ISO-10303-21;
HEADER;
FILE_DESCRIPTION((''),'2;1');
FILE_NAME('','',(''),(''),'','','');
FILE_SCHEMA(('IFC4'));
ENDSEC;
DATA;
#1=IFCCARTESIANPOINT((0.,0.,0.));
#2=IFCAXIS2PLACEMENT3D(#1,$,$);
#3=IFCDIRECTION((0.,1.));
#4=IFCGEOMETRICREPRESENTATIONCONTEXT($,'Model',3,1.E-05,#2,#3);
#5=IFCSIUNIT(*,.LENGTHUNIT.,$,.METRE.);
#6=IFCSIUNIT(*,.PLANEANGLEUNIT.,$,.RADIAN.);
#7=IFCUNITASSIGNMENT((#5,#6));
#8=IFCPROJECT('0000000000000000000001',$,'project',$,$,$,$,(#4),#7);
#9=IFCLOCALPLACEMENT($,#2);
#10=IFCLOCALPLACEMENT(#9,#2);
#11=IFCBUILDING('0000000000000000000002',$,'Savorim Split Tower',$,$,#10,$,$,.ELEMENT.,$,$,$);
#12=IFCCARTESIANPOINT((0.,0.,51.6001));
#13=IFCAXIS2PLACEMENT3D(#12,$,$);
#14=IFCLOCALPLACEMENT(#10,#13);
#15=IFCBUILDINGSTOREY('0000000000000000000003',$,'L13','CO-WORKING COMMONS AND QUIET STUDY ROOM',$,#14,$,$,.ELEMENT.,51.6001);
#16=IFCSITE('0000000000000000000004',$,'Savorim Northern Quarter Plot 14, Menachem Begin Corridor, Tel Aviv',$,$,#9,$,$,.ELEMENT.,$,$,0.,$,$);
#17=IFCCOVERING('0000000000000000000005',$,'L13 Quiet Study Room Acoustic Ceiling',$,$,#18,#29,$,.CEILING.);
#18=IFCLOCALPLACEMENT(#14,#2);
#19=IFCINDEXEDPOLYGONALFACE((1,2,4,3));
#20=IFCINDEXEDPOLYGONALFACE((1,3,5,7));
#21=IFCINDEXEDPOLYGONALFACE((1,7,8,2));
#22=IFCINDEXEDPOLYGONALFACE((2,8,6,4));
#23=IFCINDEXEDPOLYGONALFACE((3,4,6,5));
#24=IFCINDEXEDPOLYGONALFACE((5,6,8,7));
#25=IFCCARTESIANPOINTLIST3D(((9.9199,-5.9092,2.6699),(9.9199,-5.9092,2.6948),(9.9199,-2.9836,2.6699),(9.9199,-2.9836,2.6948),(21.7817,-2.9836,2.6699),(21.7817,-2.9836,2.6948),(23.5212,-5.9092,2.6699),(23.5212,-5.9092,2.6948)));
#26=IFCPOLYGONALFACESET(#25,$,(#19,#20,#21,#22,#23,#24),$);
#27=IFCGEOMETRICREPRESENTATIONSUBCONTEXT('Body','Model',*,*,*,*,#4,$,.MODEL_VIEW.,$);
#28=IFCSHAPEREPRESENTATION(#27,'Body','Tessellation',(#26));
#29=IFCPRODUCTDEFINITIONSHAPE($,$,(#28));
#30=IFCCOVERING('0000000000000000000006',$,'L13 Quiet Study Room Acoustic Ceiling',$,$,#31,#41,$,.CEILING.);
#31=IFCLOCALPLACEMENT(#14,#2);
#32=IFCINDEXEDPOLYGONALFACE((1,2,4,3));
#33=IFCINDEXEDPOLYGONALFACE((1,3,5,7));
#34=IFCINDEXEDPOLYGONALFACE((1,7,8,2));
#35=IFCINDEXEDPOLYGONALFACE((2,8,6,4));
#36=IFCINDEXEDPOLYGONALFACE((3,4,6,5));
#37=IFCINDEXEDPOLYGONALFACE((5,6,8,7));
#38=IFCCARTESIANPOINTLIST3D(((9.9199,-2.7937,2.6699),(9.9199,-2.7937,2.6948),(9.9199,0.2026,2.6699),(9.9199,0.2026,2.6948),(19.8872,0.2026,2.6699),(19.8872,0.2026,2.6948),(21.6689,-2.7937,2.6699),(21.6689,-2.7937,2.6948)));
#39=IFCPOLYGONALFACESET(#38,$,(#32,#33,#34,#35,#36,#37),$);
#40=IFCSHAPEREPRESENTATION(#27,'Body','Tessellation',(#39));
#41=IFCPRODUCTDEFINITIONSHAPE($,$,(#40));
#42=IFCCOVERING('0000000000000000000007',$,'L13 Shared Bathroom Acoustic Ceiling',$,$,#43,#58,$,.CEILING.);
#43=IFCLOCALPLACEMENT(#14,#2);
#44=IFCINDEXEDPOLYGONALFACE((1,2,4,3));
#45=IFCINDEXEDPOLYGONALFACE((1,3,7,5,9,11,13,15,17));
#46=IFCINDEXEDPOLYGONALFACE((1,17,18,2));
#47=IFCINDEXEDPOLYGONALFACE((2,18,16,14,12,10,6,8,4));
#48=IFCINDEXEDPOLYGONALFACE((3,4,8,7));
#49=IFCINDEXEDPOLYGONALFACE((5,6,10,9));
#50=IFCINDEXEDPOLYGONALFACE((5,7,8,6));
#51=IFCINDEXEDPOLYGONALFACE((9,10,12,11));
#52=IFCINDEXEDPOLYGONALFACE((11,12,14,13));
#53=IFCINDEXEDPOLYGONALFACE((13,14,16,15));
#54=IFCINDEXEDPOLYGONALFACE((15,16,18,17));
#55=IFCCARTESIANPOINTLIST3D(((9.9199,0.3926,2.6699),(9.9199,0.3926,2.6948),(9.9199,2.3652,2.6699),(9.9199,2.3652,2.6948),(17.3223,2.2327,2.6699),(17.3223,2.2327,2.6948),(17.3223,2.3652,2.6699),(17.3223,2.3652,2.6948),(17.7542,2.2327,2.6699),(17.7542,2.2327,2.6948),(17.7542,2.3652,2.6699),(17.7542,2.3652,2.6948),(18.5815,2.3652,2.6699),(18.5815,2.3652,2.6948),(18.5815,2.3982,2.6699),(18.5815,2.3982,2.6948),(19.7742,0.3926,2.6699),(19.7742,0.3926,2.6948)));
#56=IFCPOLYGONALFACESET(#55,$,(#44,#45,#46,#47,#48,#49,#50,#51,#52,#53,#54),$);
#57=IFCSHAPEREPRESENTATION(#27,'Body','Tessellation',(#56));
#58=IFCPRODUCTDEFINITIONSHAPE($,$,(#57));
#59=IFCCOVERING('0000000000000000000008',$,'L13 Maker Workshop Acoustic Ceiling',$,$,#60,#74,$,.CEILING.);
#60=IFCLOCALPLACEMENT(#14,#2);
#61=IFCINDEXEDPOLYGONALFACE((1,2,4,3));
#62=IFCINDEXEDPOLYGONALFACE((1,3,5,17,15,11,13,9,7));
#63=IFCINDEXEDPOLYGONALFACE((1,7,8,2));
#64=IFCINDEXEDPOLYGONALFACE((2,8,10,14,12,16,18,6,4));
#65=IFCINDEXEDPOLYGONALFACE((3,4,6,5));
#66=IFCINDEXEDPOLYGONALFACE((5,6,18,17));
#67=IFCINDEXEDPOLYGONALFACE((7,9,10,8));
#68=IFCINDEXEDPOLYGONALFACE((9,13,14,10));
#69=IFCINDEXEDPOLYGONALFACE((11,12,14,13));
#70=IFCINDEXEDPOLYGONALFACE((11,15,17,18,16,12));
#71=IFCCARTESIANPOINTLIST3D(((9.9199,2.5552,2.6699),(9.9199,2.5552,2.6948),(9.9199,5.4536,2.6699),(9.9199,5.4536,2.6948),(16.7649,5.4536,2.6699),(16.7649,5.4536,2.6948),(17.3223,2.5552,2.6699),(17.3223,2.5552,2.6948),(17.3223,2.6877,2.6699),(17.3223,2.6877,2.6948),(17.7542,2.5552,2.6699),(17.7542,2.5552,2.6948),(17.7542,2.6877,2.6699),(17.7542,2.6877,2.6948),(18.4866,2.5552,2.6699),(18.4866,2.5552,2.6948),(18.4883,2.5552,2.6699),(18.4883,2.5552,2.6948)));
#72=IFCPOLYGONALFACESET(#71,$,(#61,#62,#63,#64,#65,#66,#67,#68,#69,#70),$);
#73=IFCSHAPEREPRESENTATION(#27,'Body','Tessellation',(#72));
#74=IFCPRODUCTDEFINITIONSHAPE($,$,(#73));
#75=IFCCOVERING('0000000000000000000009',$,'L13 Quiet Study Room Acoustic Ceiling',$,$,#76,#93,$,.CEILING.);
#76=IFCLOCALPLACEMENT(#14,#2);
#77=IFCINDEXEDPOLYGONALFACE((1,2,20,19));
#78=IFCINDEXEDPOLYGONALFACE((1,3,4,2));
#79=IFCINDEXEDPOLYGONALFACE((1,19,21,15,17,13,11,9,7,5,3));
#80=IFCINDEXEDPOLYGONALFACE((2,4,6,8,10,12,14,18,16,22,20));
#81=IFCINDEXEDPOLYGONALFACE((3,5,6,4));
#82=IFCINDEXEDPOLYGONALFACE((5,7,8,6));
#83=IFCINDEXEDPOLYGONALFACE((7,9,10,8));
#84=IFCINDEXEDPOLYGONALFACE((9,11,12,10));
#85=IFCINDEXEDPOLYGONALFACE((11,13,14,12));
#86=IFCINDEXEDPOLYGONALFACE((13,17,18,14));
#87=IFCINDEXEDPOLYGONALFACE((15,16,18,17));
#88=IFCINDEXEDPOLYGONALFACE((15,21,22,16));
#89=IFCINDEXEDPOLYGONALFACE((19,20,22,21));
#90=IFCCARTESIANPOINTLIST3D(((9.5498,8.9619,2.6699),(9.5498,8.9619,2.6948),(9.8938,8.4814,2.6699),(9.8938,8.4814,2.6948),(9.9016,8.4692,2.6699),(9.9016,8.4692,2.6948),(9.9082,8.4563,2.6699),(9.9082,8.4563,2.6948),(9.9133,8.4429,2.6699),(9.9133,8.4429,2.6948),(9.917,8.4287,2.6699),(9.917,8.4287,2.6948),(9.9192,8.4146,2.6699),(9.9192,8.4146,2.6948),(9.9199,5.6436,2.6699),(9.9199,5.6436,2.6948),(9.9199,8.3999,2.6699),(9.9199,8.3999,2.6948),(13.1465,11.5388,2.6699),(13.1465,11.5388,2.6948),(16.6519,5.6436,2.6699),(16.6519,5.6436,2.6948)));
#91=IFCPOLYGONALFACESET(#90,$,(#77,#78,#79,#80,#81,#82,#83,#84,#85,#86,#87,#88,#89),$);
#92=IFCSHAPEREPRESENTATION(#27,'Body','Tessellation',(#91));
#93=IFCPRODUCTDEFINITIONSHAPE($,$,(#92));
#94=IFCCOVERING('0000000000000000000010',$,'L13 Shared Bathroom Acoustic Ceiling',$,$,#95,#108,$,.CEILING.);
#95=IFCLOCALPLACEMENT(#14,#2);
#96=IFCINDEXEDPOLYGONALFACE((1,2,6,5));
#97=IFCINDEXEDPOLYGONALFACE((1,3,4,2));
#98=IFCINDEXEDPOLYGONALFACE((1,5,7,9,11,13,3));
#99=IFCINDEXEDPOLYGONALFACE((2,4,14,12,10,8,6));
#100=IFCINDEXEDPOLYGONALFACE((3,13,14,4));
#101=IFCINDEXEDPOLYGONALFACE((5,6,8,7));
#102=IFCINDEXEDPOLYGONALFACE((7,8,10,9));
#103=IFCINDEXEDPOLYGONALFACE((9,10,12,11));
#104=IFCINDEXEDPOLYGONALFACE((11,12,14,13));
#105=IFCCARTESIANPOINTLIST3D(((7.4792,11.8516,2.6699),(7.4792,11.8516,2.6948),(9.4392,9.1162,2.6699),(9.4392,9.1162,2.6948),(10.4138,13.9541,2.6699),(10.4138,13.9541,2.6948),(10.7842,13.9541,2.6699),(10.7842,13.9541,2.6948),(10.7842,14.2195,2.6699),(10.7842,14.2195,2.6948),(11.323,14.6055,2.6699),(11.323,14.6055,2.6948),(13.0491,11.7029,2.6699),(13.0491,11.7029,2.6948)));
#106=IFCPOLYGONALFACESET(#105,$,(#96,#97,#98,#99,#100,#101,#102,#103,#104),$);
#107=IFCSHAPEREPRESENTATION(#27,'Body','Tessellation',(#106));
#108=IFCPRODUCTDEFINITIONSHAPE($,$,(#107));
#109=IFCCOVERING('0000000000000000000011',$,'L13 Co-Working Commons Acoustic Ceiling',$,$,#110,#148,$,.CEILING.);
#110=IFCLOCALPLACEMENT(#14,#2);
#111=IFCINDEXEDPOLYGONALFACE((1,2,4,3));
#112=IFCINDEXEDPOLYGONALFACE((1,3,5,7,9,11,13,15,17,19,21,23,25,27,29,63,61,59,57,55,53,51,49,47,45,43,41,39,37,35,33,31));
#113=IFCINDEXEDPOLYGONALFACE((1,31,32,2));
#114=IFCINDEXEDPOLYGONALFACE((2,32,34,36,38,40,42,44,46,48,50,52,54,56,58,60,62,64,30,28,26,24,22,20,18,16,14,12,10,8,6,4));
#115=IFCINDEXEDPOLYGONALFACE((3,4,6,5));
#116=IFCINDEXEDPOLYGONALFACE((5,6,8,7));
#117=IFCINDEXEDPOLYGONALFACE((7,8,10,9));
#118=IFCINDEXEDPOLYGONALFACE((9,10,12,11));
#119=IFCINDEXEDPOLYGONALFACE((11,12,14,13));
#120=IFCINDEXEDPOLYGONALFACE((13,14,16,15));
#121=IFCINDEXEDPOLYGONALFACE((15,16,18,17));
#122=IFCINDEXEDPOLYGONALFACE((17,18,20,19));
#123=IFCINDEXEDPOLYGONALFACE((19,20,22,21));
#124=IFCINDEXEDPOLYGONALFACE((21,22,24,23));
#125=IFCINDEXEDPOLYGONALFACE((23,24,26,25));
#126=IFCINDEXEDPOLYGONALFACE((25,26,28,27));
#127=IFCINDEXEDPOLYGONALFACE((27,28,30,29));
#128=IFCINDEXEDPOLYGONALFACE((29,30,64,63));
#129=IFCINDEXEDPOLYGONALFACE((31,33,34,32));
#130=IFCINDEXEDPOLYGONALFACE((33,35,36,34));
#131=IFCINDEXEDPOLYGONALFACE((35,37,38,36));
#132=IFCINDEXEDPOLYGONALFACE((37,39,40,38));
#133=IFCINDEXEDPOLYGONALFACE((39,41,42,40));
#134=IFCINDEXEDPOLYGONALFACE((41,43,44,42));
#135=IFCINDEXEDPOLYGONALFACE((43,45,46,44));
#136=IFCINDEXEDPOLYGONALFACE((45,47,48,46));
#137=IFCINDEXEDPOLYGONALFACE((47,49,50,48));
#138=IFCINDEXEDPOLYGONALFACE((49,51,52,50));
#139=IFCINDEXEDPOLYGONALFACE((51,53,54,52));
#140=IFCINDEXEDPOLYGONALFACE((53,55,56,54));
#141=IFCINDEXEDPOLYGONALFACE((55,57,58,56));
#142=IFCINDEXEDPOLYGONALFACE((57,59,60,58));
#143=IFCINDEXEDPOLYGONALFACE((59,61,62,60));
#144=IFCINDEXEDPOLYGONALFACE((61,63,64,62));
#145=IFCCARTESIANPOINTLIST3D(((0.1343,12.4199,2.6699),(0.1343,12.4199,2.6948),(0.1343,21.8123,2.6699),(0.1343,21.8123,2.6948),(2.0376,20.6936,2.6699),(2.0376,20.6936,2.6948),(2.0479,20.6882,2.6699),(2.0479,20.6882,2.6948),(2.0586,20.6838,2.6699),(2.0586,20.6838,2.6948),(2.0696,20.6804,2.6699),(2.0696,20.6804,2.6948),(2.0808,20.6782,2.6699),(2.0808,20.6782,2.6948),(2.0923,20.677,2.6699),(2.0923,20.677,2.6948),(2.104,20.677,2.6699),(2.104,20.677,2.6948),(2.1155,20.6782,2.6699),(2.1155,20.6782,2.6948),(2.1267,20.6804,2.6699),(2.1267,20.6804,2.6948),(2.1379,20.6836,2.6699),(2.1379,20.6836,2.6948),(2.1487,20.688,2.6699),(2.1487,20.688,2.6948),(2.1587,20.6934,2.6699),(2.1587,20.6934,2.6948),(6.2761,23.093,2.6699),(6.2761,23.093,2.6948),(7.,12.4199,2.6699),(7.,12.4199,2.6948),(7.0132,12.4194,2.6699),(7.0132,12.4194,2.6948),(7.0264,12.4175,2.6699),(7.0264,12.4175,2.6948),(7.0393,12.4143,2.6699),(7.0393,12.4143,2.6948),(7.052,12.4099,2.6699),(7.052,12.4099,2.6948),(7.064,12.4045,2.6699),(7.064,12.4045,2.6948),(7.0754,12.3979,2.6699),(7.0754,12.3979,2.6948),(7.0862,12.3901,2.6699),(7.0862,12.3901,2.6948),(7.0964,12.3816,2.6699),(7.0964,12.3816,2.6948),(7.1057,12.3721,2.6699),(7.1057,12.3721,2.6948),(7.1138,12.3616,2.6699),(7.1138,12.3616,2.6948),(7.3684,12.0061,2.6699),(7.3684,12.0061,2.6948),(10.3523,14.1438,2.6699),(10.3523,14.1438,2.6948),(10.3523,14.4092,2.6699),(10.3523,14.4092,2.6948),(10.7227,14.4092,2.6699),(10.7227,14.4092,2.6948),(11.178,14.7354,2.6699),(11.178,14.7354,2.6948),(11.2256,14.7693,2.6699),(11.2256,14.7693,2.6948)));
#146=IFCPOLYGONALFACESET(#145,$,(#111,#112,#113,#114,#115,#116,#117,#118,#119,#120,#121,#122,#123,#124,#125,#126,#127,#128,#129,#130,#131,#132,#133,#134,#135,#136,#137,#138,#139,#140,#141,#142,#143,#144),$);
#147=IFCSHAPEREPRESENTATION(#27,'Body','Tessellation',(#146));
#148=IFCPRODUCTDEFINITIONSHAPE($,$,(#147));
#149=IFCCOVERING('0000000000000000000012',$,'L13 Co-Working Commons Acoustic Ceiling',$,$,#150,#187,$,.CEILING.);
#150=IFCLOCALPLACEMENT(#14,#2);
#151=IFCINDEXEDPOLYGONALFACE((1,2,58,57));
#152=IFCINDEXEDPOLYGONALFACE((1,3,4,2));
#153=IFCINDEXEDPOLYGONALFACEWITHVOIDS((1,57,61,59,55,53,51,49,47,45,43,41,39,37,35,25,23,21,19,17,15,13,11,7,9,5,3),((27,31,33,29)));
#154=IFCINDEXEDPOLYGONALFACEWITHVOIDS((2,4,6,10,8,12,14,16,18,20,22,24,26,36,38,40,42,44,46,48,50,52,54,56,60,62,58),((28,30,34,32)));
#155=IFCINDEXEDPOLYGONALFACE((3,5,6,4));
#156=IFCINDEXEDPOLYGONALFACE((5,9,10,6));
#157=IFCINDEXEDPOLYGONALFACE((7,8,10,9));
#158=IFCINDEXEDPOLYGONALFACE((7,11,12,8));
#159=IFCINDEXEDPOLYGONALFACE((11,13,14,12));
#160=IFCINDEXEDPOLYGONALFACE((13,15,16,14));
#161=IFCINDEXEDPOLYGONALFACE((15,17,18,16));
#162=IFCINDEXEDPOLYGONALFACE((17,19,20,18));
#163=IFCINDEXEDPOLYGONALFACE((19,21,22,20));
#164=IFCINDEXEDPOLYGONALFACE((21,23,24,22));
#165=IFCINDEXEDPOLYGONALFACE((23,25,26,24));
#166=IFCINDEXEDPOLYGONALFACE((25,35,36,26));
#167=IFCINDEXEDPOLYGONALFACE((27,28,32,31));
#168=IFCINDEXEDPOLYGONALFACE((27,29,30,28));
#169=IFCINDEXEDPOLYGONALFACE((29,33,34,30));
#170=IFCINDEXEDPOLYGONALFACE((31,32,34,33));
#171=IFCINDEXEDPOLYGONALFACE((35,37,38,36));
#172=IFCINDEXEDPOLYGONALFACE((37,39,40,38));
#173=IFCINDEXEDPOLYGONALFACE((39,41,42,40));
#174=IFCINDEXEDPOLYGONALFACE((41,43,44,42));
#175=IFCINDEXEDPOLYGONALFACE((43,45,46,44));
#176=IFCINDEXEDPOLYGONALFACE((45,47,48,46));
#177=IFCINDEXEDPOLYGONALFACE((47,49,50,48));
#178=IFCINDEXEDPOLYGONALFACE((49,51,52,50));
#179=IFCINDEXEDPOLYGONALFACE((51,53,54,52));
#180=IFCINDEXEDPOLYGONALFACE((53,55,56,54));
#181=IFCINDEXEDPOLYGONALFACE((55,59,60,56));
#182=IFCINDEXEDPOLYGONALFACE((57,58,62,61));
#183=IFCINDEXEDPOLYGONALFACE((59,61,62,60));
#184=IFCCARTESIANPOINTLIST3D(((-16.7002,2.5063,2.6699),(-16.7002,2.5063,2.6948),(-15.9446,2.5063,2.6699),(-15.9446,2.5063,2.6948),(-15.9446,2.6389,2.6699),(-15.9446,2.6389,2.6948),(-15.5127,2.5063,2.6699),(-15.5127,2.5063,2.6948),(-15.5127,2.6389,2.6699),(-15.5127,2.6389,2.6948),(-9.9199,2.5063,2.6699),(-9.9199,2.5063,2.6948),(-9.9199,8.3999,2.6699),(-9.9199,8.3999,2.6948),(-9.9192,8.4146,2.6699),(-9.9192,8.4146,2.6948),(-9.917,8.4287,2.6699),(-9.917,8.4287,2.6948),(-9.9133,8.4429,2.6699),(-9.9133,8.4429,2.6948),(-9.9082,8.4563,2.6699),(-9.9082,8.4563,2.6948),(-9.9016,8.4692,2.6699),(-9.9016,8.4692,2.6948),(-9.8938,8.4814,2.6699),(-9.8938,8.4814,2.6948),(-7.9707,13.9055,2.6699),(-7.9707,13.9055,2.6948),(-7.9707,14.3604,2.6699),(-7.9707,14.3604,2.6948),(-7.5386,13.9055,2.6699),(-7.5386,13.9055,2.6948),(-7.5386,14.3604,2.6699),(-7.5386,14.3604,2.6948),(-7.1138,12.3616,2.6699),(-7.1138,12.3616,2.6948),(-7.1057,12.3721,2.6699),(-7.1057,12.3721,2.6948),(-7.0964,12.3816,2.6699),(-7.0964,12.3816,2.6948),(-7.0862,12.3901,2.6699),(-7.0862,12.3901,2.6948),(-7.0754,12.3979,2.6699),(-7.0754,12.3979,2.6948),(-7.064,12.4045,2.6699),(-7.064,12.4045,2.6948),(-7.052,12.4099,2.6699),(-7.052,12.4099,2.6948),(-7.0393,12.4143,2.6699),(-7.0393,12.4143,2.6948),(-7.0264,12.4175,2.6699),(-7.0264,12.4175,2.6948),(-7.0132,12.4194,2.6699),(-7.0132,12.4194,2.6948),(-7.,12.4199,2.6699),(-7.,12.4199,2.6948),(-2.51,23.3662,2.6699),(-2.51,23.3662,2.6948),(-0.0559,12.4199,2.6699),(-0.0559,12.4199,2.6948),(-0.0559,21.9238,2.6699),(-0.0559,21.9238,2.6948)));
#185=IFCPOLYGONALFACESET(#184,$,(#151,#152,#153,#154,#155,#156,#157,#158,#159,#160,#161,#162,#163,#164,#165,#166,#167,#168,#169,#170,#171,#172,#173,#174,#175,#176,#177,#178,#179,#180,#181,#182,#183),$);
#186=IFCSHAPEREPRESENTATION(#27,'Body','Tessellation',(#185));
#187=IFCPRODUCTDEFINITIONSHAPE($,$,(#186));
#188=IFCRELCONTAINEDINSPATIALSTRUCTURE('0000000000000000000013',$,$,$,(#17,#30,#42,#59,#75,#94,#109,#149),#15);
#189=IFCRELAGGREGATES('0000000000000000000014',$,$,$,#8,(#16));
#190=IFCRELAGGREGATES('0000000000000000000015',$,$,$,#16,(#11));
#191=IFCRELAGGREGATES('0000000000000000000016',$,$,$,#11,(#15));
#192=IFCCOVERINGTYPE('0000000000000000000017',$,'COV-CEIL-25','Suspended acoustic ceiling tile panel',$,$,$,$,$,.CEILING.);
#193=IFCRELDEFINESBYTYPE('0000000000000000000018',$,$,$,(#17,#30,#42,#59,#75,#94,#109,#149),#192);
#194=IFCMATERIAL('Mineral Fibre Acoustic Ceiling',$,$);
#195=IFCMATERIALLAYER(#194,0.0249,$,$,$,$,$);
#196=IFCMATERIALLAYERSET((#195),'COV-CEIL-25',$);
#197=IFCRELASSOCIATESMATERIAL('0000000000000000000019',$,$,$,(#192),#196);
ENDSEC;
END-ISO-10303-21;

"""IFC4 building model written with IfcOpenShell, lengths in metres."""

from ifc_helpers import new_model, si_unit, direction, frame, origin, place, context, subcontext, project, spatial, polyline, outline, extrude, material, layer, layer_set, type_object, element, save


model = new_model("IFC4")

# Units and contexts
model_context = context("Model", 3, precision=1e-05, world=origin(), true_north=direction((0.0, 1.0)))
body_context = subcontext(model_context, "Body", "Model", "MODEL_VIEW")
ifc_project = project(units=[si_unit("LENGTHUNIT", "METRE"), si_unit("PLANEANGLEUNIT", "RADIAN")], contexts=[model_context])

# Site, building, storey
site_placement = place(None, origin())
site = spatial("IfcSite", under=ifc_project, at=site_placement, Name="Savorim Northern Quarter Plot 14, Menachem Begin Corridor, Tel Aviv", CompositionType="ELEMENT", RefElevation=0.0)
building_placement = place(site_placement, origin())
building = spatial("IfcBuilding", under=site, at=building_placement, Name="Savorim Split Tower", CompositionType="ELEMENT")
storey_placement = place(building_placement, frame((0.0, 0.0, 51.6001)))
storey = spatial("IfcBuildingStorey", under=building, at=storey_placement, Name="L13", Description="CO-WORKING COMMONS AND QUIET STUDY ROOM", CompositionType="ELEMENT", Elevation=51.6001)

# Coverings
ifc_material_1 = material(Name="Mineral Fibre Acoustic Ceiling")
ifc_layer_1 = layer(ifc_material_1, 0.0249)
ifc_layer_set_1 = layer_set([ifc_layer_1], Name="COV-CEIL-25")
covering_type_1 = type_object("IfcCoveringType", Name="COV-CEIL-25", Description="Suspended acoustic ceiling tile panel", PredefinedType="CEILING", material=ifc_layer_set_1)
covering_1_placement = place(storey_placement, frame((0.0, 0.0, 2.6699)))
element("IfcCovering", 1, at=covering_1_placement, inside=storey, type_object=covering_type_1, Name="L13 Quiet Study Room Acoustic Ceiling", PredefinedType="CEILING", context=body_context, shape_type="SweptSolid", body=[
    extrude(outline(polyline([(23.5212, -5.9092), (21.7817, -2.9836), (9.9199, -2.9836), (9.9199, -5.9092), (23.5212, -5.9092)])), origin(), (0.0, 0.0, 1.0), 0.0249),
])
covering_2_placement = place(storey_placement, frame((0.0, 0.0, 2.6699)))
element("IfcCovering", 2, at=covering_2_placement, inside=storey, type_object=covering_type_1, Name="L13 Quiet Study Room Acoustic Ceiling", PredefinedType="CEILING", context=body_context, shape_type="SweptSolid", body=[
    extrude(outline(polyline([(21.6689, -2.7937), (19.8872, 0.2026), (9.9199, 0.2026), (9.9199, -2.7937), (21.6689, -2.7937)])), origin(), (0.0, 0.0, 1.0), 0.0249),
])
covering_3_placement = place(storey_placement, frame((0.0, 0.0, 2.6699)))
element("IfcCovering", 3, at=covering_3_placement, inside=storey, type_object=covering_type_1, Name="L13 Shared Bathroom Acoustic Ceiling", PredefinedType="CEILING", context=body_context, shape_type="SweptSolid", body=[
    extrude(outline(polyline([(17.3223, 2.2327), (17.3223, 2.3652), (9.9199, 2.3652), (9.9199, 0.3926), (19.7742, 0.3926), (18.5815, 2.3982), (18.5815, 2.3652), (17.7542, 2.3652), (17.7542, 2.2327), (17.3223, 2.2327)])), origin(), (0.0, 0.0, 1.0), 0.0249),
])
covering_4_placement = place(storey_placement, frame((0.0, 0.0, 2.6699)))
element("IfcCovering", 4, at=covering_4_placement, inside=storey, type_object=covering_type_1, Name="L13 Maker Workshop Acoustic Ceiling", PredefinedType="CEILING", context=body_context, shape_type="SweptSolid", body=[
    extrude(outline(polyline([(17.7542, 2.6877), (17.7542, 2.5552), (18.4866, 2.5552), (18.4883, 2.5552), (16.7649, 5.4536), (9.9199, 5.4536), (9.9199, 2.5552), (17.3223, 2.5552), (17.3223, 2.6877), (17.7542, 2.6877)])), origin(), (0.0, 0.0, 1.0), 0.0249),
])
covering_5_placement = place(storey_placement, frame((0.0, 0.0, 2.6699)))
element("IfcCovering", 5, at=covering_5_placement, inside=storey, type_object=covering_type_1, Name="L13 Quiet Study Room Acoustic Ceiling", PredefinedType="CEILING", context=body_context, shape_type="SweptSolid", body=[
    extrude(outline(polyline([(9.917, 8.4287), (9.9192, 8.4146), (9.9199, 8.3999), (9.9199, 5.6436), (16.6519, 5.6436), (13.1465, 11.5388), (9.5498, 8.9619), (9.8938, 8.4814), (9.9016, 8.4692), (9.9082, 8.4563), (9.9133, 8.4429), (9.917, 8.4287)])), origin(), (0.0, 0.0, 1.0), 0.0249),
])
covering_6_placement = place(storey_placement, frame((0.0, 0.0, 2.6699)))
element("IfcCovering", 6, at=covering_6_placement, inside=storey, type_object=covering_type_1, Name="L13 Shared Bathroom Acoustic Ceiling", PredefinedType="CEILING", context=body_context, shape_type="SweptSolid", body=[
    extrude(outline(polyline([(10.4138, 13.9541), (7.4792, 11.8516), (7.4792, 11.8516), (9.4392, 9.1162), (13.0491, 11.7029), (11.323, 14.6055), (10.7842, 14.2195), (10.7842, 13.9541), (10.4138, 13.9541)])), origin(), (0.0, 0.0, 1.0), 0.0249),
])
covering_7_placement = place(storey_placement, frame((0.0, 0.0, 2.6699)))
element("IfcCovering", 7, at=covering_7_placement, inside=storey, type_object=covering_type_1, Name="L13 Co-Working Commons Acoustic Ceiling", PredefinedType="CEILING", context=body_context, shape_type="SweptSolid", body=[
    extrude(outline(polyline([(2.0586, 20.6838), (2.0479, 20.6882), (2.0376, 20.6936), (0.1343, 21.8123), (0.1343, 12.4199), (7.0, 12.4199), (7.0132, 12.4194), (7.0264, 12.4175), (7.0393, 12.4143), (7.052, 12.4099), (7.064, 12.4045), (7.0754, 12.3979), (7.0862, 12.3901), (7.0964, 12.3816), (7.1057, 12.3721), (7.1138, 12.3616), (7.3684, 12.0061), (10.3523, 14.1438), (10.3523, 14.4092), (10.7227, 14.4092), (11.178, 14.7354), (11.2256, 14.7693), (6.2761, 23.093), (2.1587, 20.6934), (2.1487, 20.688), (2.1379, 20.6836), (2.1267, 20.6804), (2.1155, 20.6782), (2.104, 20.677), (2.0923, 20.677), (2.0808, 20.6782), (2.0696, 20.6804), (2.0586, 20.6838)])), origin(), (0.0, 0.0, 1.0), 0.0249),
])
covering_8_placement = place(storey_placement, frame((0.0, 0.0, 2.6699)))
element("IfcCovering", 8, at=covering_8_placement, inside=storey, type_object=covering_type_1, Name="L13 Co-Working Commons Acoustic Ceiling", PredefinedType="CEILING", context=body_context, shape_type="SweptSolid", body=[
    extrude(outline(polyline([(-7.0, 12.4199), (-0.0559, 12.4199), (-0.0559, 21.9238), (-2.51, 23.3662), (-16.7002, 2.5063), (-15.9446, 2.5063), (-15.9446, 2.6389), (-15.5127, 2.6389), (-15.5127, 2.5063), (-9.9199, 2.5063), (-9.9199, 8.3999), (-9.9192, 8.4146), (-9.917, 8.4287), (-9.9133, 8.4429), (-9.9082, 8.4563), (-9.9016, 8.4692), (-9.8938, 8.4814), (-7.1138, 12.3616), (-7.1057, 12.3721), (-7.0964, 12.3816), (-7.0862, 12.3901), (-7.0754, 12.3979), (-7.064, 12.4045), (-7.052, 12.4099), (-7.0393, 12.4143), (-7.0264, 12.4175), (-7.0132, 12.4194), (-7.0, 12.4199)]), holes=[polyline([(-7.5386, 14.3604), (-7.9707, 14.3604), (-7.9707, 13.9055), (-7.5386, 13.9055), (-7.5386, 14.3604)])]), origin(), (0.0, 0.0, 1.0), 0.0249),
])

save(model, "model.ifc")
